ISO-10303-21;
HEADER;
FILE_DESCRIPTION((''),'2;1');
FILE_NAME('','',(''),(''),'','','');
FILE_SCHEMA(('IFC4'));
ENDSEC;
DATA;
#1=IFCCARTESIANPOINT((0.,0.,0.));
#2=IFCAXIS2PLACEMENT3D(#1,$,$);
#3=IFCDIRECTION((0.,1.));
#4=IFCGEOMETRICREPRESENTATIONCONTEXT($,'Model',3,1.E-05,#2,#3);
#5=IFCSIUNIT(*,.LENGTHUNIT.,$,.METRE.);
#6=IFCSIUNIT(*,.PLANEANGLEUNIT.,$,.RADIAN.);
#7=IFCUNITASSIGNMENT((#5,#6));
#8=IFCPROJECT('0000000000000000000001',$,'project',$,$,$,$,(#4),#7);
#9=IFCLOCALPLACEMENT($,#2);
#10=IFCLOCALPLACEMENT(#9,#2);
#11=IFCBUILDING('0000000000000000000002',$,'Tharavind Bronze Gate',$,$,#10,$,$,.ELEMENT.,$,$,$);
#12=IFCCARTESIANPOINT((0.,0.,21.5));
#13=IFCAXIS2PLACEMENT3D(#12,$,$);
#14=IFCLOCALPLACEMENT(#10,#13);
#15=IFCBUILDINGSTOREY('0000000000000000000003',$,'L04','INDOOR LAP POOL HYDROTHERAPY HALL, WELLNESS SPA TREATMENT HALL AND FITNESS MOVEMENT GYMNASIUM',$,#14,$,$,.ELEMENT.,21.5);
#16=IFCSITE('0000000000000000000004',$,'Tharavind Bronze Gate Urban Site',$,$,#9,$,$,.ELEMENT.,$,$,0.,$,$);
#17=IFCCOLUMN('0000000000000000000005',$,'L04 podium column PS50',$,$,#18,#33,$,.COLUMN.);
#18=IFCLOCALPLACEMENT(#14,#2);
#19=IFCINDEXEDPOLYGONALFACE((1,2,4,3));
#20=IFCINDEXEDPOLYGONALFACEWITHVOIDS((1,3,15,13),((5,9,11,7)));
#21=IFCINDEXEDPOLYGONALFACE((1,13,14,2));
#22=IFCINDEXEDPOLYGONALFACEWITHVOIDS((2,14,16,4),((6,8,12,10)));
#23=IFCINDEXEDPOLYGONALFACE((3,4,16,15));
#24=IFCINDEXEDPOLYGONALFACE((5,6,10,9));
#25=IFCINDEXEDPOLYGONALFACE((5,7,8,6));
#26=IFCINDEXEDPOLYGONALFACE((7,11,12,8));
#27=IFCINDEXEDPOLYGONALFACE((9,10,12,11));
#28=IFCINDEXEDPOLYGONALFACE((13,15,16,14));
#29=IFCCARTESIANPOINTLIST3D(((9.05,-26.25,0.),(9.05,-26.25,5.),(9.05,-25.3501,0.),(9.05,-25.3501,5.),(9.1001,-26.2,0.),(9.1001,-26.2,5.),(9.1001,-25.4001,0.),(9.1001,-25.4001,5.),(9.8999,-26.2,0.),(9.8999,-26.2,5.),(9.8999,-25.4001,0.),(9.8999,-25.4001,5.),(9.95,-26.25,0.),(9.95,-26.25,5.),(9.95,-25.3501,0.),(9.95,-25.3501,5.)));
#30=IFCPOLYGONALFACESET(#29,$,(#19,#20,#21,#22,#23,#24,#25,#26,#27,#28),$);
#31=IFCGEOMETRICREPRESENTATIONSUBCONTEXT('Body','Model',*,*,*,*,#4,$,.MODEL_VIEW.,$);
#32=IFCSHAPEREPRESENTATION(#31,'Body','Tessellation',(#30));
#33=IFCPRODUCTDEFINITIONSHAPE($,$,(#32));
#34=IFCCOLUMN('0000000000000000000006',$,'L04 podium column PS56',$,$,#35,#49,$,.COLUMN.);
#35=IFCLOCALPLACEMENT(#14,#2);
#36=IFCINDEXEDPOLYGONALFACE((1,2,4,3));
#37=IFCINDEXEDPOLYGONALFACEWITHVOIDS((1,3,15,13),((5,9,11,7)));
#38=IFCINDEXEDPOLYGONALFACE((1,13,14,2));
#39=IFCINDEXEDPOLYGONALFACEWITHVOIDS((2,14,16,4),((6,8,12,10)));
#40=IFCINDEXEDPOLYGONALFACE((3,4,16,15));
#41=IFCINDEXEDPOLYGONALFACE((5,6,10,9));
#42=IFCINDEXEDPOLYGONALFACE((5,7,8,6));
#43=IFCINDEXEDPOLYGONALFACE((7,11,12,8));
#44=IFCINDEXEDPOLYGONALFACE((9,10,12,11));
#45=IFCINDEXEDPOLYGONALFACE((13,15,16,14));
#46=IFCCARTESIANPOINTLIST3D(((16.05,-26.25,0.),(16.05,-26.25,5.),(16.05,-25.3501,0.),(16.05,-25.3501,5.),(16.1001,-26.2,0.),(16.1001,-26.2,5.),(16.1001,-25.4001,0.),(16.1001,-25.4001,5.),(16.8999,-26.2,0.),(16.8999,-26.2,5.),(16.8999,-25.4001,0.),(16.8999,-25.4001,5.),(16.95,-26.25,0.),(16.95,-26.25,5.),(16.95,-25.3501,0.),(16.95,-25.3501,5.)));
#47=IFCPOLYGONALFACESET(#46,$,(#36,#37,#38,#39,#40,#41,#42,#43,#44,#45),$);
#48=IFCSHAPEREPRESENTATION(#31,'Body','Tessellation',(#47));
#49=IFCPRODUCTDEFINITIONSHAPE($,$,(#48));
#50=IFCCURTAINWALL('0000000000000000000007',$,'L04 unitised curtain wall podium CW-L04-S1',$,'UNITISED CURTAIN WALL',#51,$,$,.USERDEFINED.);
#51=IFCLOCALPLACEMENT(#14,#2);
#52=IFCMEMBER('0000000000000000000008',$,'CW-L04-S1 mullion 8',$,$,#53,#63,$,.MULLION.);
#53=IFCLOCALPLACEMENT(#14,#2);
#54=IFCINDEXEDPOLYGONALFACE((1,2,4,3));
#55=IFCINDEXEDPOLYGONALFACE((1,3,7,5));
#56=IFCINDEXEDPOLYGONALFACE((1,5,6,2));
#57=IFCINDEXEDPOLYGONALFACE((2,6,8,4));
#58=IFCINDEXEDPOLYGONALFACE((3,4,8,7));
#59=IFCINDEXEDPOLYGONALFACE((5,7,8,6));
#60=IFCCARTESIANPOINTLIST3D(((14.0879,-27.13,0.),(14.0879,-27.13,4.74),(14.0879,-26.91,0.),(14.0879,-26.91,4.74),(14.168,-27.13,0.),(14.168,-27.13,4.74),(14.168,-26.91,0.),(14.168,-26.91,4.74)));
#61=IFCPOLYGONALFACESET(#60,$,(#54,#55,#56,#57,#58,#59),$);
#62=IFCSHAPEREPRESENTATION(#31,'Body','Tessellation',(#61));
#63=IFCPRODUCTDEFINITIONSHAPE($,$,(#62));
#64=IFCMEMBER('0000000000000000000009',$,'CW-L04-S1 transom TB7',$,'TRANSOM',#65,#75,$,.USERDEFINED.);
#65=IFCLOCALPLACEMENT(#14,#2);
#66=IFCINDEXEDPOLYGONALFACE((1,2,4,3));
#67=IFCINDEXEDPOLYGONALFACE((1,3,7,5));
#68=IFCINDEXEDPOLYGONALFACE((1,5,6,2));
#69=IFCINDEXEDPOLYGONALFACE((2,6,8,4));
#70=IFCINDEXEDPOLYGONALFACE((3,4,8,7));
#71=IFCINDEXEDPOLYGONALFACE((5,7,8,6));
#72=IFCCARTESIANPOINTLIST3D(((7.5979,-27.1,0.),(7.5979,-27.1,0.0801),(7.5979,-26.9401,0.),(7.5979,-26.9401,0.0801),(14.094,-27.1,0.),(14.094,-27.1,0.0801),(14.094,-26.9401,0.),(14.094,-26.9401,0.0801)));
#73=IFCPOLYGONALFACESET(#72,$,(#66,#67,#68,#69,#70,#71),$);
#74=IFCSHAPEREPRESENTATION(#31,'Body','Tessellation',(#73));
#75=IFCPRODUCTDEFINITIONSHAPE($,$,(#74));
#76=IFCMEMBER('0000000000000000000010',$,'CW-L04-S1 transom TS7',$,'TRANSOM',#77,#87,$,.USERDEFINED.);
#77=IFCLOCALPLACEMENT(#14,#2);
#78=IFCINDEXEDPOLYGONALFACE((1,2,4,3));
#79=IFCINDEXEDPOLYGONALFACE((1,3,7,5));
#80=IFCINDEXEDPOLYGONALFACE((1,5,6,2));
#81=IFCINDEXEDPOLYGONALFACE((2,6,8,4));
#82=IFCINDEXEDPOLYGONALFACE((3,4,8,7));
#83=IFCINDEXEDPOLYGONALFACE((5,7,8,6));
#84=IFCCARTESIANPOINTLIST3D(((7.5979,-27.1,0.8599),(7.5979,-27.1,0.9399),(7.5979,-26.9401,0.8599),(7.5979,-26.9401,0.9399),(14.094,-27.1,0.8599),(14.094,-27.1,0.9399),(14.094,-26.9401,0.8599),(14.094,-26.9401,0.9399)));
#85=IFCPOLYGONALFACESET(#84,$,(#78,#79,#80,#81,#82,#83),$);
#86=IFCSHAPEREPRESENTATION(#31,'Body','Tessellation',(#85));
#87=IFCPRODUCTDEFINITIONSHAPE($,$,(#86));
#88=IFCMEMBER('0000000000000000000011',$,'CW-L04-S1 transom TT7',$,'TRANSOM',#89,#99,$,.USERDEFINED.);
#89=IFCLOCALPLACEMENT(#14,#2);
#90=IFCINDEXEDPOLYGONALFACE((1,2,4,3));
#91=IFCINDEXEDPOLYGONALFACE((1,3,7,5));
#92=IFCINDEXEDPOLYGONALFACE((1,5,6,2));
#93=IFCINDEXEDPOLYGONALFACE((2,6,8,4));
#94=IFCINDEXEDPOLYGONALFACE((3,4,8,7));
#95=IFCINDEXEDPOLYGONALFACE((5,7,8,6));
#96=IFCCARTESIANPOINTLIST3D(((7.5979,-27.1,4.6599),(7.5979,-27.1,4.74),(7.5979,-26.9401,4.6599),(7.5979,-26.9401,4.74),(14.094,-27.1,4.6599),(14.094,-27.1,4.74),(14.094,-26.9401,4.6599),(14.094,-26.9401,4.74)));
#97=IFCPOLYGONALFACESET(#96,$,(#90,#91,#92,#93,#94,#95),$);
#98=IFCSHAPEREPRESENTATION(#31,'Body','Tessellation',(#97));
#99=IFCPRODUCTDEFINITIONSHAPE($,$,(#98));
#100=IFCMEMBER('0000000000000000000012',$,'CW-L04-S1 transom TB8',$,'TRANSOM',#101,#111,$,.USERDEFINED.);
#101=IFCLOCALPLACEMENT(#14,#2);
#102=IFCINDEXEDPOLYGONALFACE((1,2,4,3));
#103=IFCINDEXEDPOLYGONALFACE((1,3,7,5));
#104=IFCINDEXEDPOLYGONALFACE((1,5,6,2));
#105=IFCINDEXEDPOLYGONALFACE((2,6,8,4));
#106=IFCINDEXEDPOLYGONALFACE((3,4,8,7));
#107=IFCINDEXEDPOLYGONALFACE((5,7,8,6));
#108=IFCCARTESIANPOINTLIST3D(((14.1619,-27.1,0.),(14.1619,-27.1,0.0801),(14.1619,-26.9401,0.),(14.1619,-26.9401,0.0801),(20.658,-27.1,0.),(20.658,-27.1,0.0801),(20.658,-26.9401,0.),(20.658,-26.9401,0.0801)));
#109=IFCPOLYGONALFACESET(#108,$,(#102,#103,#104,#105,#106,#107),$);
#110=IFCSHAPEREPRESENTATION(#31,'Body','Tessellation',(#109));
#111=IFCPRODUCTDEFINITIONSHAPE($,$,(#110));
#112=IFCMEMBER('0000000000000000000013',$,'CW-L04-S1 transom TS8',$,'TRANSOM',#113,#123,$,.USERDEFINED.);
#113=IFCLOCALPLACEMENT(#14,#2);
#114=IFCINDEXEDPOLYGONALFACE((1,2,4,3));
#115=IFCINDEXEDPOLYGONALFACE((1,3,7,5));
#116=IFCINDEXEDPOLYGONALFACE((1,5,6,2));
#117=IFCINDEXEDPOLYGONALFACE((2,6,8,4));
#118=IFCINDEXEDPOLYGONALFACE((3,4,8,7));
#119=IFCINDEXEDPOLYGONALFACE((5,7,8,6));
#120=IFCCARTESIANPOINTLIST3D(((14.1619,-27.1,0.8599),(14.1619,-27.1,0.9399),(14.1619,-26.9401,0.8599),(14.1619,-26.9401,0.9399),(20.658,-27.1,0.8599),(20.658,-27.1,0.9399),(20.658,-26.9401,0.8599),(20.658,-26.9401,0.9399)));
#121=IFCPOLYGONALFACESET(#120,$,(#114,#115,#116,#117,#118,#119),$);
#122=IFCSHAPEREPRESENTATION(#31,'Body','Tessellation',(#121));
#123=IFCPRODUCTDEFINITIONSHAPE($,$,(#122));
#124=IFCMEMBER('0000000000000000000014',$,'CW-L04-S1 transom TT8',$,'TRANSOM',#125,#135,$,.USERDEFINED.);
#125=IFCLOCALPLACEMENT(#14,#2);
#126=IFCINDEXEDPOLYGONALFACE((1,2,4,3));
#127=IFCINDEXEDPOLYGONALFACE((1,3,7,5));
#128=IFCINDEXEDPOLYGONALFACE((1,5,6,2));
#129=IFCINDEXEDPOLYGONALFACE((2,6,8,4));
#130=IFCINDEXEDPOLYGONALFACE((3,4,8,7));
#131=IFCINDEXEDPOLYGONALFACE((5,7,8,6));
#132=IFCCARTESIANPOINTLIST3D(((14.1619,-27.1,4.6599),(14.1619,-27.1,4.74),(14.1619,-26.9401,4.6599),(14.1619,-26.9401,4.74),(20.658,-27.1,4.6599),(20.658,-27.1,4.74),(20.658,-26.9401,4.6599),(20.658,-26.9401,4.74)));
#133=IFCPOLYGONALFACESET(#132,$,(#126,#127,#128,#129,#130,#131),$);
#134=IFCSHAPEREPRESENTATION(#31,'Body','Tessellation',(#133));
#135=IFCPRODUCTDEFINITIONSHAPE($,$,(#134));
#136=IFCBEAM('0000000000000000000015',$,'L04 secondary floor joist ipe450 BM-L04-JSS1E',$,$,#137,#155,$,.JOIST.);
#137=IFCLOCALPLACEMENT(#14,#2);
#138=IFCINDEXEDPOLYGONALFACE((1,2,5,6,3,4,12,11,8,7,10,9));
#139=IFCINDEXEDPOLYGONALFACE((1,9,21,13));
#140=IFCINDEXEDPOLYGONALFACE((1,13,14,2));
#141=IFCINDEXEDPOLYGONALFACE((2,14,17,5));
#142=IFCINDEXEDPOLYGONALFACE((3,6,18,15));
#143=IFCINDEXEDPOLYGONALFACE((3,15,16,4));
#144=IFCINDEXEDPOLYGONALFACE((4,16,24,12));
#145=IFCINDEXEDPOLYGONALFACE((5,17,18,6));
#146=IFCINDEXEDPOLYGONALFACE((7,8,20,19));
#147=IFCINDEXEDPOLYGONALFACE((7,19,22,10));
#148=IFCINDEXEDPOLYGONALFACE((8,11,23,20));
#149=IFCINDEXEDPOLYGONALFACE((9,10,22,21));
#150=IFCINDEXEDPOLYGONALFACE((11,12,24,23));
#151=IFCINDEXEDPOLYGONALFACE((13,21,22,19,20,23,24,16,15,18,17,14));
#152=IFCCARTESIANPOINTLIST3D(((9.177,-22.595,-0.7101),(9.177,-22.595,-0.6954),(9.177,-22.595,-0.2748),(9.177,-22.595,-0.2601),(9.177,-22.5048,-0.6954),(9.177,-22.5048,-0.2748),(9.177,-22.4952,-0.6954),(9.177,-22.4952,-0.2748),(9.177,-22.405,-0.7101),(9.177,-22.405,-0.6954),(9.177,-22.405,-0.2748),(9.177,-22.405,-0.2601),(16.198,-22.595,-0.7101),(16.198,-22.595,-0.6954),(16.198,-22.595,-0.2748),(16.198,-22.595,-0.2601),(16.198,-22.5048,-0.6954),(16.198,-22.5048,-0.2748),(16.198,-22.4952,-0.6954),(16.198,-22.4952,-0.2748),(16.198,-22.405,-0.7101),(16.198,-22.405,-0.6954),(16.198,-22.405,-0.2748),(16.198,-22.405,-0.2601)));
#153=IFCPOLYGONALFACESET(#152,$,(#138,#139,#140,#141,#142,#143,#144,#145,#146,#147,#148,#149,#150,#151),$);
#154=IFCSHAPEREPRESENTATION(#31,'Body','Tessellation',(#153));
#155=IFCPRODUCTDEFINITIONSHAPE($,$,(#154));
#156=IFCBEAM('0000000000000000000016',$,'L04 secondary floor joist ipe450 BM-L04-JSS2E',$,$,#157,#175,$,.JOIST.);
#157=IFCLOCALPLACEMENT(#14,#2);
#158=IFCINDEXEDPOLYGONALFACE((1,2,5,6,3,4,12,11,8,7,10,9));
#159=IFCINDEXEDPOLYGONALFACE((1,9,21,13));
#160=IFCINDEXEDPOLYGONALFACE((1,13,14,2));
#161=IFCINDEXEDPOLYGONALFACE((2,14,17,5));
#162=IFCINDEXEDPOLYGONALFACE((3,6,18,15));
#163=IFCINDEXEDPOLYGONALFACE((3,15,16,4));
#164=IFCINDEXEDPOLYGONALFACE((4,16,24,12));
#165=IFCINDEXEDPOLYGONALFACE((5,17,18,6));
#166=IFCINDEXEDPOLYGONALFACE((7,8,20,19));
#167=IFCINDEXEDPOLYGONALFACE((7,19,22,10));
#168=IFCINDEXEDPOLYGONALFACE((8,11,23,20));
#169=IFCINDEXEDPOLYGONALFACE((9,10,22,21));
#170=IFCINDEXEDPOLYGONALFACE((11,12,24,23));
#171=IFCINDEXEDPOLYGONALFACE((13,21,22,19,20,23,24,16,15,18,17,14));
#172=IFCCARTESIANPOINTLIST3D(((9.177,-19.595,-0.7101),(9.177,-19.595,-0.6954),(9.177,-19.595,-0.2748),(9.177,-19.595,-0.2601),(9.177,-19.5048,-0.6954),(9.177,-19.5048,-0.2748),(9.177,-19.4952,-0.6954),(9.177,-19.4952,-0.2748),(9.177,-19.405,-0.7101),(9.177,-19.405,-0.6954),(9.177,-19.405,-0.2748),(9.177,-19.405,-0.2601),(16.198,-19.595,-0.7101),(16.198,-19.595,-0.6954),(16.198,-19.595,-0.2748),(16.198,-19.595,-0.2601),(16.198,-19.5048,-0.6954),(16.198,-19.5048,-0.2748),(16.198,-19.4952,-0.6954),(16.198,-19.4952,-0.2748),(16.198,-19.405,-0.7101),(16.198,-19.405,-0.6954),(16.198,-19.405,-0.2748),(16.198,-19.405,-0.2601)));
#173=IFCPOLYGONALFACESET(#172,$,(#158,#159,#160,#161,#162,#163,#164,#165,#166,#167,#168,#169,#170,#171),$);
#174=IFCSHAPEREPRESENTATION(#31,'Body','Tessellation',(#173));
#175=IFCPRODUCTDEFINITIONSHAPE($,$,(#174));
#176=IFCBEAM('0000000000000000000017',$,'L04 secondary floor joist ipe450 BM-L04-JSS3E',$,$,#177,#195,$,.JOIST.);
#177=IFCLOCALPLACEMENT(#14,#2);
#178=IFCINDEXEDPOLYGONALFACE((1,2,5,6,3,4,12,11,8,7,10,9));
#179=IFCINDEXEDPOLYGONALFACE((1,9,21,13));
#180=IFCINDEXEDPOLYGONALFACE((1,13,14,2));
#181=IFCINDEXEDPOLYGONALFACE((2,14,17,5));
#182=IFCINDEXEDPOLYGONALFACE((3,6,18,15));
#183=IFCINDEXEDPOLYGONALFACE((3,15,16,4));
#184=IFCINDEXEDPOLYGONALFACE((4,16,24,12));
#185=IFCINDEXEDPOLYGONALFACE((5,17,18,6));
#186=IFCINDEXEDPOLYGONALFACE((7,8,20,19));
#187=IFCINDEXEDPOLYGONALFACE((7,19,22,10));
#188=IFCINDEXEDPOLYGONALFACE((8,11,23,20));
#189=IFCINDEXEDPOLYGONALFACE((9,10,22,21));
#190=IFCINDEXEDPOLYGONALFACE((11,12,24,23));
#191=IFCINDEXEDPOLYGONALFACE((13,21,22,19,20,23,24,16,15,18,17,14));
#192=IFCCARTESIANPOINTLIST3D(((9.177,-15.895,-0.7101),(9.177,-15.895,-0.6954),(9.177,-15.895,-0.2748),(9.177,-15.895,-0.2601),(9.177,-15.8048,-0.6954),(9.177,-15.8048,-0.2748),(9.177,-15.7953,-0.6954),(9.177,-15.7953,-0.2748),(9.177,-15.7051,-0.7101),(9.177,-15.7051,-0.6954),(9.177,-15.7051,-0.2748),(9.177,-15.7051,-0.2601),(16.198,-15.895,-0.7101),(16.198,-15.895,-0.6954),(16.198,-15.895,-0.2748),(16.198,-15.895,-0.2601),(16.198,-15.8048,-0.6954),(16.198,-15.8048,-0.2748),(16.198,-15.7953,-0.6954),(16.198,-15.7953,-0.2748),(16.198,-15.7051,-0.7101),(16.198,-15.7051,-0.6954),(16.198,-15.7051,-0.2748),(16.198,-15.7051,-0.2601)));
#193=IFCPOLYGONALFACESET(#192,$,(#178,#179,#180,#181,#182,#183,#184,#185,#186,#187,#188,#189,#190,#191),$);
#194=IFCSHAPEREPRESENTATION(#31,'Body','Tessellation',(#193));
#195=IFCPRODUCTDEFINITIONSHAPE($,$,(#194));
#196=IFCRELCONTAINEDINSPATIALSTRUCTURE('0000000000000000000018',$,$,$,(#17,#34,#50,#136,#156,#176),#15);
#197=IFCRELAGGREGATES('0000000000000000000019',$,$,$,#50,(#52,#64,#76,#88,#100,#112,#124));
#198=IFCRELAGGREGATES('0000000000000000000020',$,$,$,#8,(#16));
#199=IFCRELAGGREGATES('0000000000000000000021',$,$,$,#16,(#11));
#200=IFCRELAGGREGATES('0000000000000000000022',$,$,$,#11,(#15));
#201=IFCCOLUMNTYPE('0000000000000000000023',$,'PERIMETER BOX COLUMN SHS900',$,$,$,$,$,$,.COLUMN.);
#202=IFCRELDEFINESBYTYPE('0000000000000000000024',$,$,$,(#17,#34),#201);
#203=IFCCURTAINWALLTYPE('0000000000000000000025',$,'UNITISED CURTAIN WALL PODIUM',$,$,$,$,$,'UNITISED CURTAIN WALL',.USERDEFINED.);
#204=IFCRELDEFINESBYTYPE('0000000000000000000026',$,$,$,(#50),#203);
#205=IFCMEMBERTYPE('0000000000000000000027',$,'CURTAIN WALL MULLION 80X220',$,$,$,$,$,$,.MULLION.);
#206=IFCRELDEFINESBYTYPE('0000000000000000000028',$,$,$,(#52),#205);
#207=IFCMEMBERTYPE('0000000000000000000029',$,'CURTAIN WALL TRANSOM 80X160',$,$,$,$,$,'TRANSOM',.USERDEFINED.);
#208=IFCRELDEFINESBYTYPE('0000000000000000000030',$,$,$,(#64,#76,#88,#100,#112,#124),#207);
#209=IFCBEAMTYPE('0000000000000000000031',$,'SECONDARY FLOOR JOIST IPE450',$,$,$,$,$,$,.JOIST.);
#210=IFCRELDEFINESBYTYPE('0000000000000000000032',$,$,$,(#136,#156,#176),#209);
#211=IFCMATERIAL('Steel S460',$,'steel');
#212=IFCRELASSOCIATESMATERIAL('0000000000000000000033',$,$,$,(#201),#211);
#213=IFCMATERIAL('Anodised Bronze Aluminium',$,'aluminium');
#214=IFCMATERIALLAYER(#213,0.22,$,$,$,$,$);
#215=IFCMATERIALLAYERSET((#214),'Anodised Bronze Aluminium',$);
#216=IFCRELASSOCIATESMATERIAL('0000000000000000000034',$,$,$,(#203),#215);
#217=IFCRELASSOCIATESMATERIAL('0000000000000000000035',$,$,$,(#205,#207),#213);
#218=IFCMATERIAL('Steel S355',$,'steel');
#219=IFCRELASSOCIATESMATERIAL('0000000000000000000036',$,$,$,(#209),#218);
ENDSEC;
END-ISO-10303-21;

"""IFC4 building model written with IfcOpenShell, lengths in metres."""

from ifc_helpers import new_model, si_unit, direction, frame, origin, origin_2d, place, context, subcontext, project, spatial, rectangle, hollow_rectangle, i_section, extrude, material, layer, layer_set, material_profile, profile_set, type_object, element, aggregate, save


model = new_model("IFC4")

# Units and contexts
model_context = context("Model", 3, precision=1e-05, world=origin(), true_north=direction((0.0, 1.0)))
body_context = subcontext(model_context, "Body", "Model", "MODEL_VIEW")
ifc_project = project(units=[si_unit("LENGTHUNIT", "METRE"), si_unit("PLANEANGLEUNIT", "RADIAN")], contexts=[model_context])

# Site, building, storey
site_placement = place(None, origin())
site = spatial("IfcSite", under=ifc_project, at=site_placement, Name="Tharavind Bronze Gate Urban Site", CompositionType="ELEMENT", RefElevation=0.0)
building_placement = place(site_placement, origin())
building = spatial("IfcBuilding", under=site, at=building_placement, Name="Tharavind Bronze Gate", CompositionType="ELEMENT")
storey_placement = place(building_placement, frame((0.0, 0.0, 21.5)))
storey = spatial("IfcBuildingStorey", under=building, at=storey_placement, Name="L04", Description="INDOOR LAP POOL HYDROTHERAPY HALL, WELLNESS SPA TREATMENT HALL AND FITNESS MOVEMENT GYMNASIUM", CompositionType="ELEMENT", Elevation=21.5)

# Columns
ifc_material_1 = material(Name="Steel S460", Category="steel")
ifc_material_profile_1 = material_profile(ifc_material_1, hollow_rectangle(XDim=0.8999, YDim=0.8999, WallThickness=0.05, at=origin_2d()), Name="SHS900X50")
ifc_profile_set_1 = profile_set([ifc_material_profile_1], Name="Steel S460")
column_type = type_object("IfcColumnType", Name="PERIMETER BOX COLUMN SHS900", PredefinedType="COLUMN", material=ifc_profile_set_1)
for number, where, z_axis, x_axis, name in (
    (1, (9.5, -25.8, 0.0), (0.0, 0.0, 1.0), (1.0, 0.0, 0.0), "L04 podium column PS50"),
    (2, (16.5, -25.8, 0.0), (0.0, 0.0, 1.0), (1.0, 0.0, 0.0), "L04 podium column PS56"),
):
    element("IfcColumn", number, at=place(storey_placement, frame(where, z_axis=z_axis, x_axis=x_axis)), inside=storey, type_object=column_type, Name=name, PredefinedType="COLUMN", context=body_context, shape_type="SweptSolid", body=[
        extrude(hollow_rectangle(XDim=0.8999, YDim=0.8999, WallThickness=0.05, at=origin_2d()), origin(), (0.0, 0.0, 1.0), 5.0),
    ])

# Curtain wall, members
ifc_material_2 = material(Name="Anodised Bronze Aluminium", Category="aluminium")
ifc_layer_1 = layer(ifc_material_2, 0.22)
ifc_layer_set_1 = layer_set([ifc_layer_1], Name="Anodised Bronze Aluminium")
curtain_wall_type = type_object("IfcCurtainWallType", Name="UNITISED CURTAIN WALL PODIUM", ElementType="UNITISED CURTAIN WALL", PredefinedType="USERDEFINED", material=ifc_layer_set_1)
curtain_wall_placement = place(storey_placement, origin())
curtain_wall = element("IfcCurtainWall", 3, at=curtain_wall_placement, inside=storey, type_object=curtain_wall_type, Name="L04 unitised curtain wall podium CW-L04-S1", ObjectType="UNITISED CURTAIN WALL", PredefinedType="USERDEFINED")
member_type_1 = type_object("IfcMemberType", Name="CURTAIN WALL MULLION 80X220", PredefinedType="MULLION", material=ifc_material_2)
member_1_placement = place(storey_placement, frame((14.1279, -27.02, 0.0), z_axis=(0.0, 0.0, 1.0), x_axis=(1.0, 0.0, 0.0)))
member_1 = element("IfcMember", 4, at=member_1_placement, type_object=member_type_1, Name="CW-L04-S1 mullion 8", PredefinedType="MULLION", context=body_context, shape_type="SweptSolid", body=[
    extrude(rectangle(XDim=0.0801, YDim=0.22, at=origin_2d()), origin(), (0.0, 0.0, 1.0), 4.74),
])
member_type_2 = type_object("IfcMemberType", Name="CURTAIN WALL TRANSOM 80X160", ElementType="TRANSOM", PredefinedType="USERDEFINED", material=ifc_material_2)
member_2_placement = place(storey_placement, frame((10.8459, -27.02, 0.0), z_axis=(0.0, 0.0, 1.0), x_axis=(1.0, 0.0, 0.0)))
member_2 = element("IfcMember", 5, at=member_2_placement, type_object=member_type_2, Name="CW-L04-S1 transom TB7", ObjectType="TRANSOM", PredefinedType="USERDEFINED", context=body_context, shape_type="SweptSolid", body=[
    extrude(rectangle(XDim=6.4961, YDim=0.1599, at=origin_2d()), origin(), (0.0, 0.0, 1.0), 0.0801),
])
member_3_placement = place(storey_placement, frame((10.8459, -27.02, 0.8599), z_axis=(0.0, 0.0, 1.0), x_axis=(1.0, 0.0, 0.0)))
member_3 = element("IfcMember", 6, at=member_3_placement, type_object=member_type_2, Name="CW-L04-S1 transom TS7", ObjectType="TRANSOM", PredefinedType="USERDEFINED", context=body_context, shape_type="SweptSolid", body=[
    extrude(rectangle(XDim=6.4961, YDim=0.1599, at=origin_2d()), origin(), (0.0, 0.0, 1.0), 0.0801),
])
member_4_placement = place(storey_placement, frame((10.8459, -27.02, 4.6599), z_axis=(0.0, 0.0, 1.0), x_axis=(1.0, 0.0, 0.0)))
member_4 = element("IfcMember", 7, at=member_4_placement, type_object=member_type_2, Name="CW-L04-S1 transom TT7", ObjectType="TRANSOM", PredefinedType="USERDEFINED", context=body_context, shape_type="SweptSolid", body=[
    extrude(rectangle(XDim=6.4961, YDim=0.1599, at=origin_2d()), origin(), (0.0, 0.0, 1.0), 0.0801),
])
member_5_placement = place(storey_placement, frame((17.4099, -27.02, 0.0), z_axis=(0.0, 0.0, 1.0), x_axis=(1.0, 0.0, 0.0)))
member_5 = element("IfcMember", 8, at=member_5_placement, type_object=member_type_2, Name="CW-L04-S1 transom TB8", ObjectType="TRANSOM", PredefinedType="USERDEFINED", context=body_context, shape_type="SweptSolid", body=[
    extrude(rectangle(XDim=6.4961, YDim=0.1599, at=origin_2d()), origin(), (0.0, 0.0, 1.0), 0.0801),
])
member_6_placement = place(storey_placement, frame((17.4099, -27.02, 0.8599), z_axis=(0.0, 0.0, 1.0), x_axis=(1.0, 0.0, 0.0)))
member_6 = element("IfcMember", 9, at=member_6_placement, type_object=member_type_2, Name="CW-L04-S1 transom TS8", ObjectType="TRANSOM", PredefinedType="USERDEFINED", context=body_context, shape_type="SweptSolid", body=[
    extrude(rectangle(XDim=6.4961, YDim=0.1599, at=origin_2d()), origin(), (0.0, 0.0, 1.0), 0.0801),
])
member_7_placement = place(storey_placement, frame((17.4099, -27.02, 4.6599), z_axis=(0.0, 0.0, 1.0), x_axis=(1.0, 0.0, 0.0)))
member_7 = element("IfcMember", 10, at=member_7_placement, type_object=member_type_2, Name="CW-L04-S1 transom TT8", ObjectType="TRANSOM", PredefinedType="USERDEFINED", context=body_context, shape_type="SweptSolid", body=[
    extrude(rectangle(XDim=6.4961, YDim=0.1599, at=origin_2d()), origin(), (0.0, 0.0, 1.0), 0.0801),
])

# Beams
ifc_material_3 = material(Name="Steel S355", Category="steel")
ifc_material_profile_2 = material_profile(ifc_material_3, i_section(OverallWidth=0.1899, OverallDepth=0.45, WebThickness=0.0095, FlangeThickness=0.0146, at=origin_2d()), Name="IPE450")
ifc_profile_set_2 = profile_set([ifc_material_profile_2], Name="Steel S355")
beam_type_1 = type_object("IfcBeamType", Name="SECONDARY FLOOR JOIST IPE450", PredefinedType="JOIST", material=ifc_profile_set_2)
for number, where, z_axis, x_axis, name in (
    (11, (9.177, -22.5, -0.4851), (1.0, 0.0, 0.0), (0.0, 1.0, 0.0), "L04 secondary floor joist ipe450 BM-L04-JSS1E"),
    (12, (9.177, -19.5, -0.4851), (1.0, 0.0, 0.0), (0.0, 1.0, 0.0), "L04 secondary floor joist ipe450 BM-L04-JSS2E"),
    (13, (9.177, -15.8, -0.4851), (1.0, 0.0, 0.0), (0.0, 1.0, 0.0), "L04 secondary floor joist ipe450 BM-L04-JSS3E"),
):
    element("IfcBeam", number, at=place(storey_placement, frame(where, z_axis=z_axis, x_axis=x_axis)), inside=storey, type_object=beam_type_1, Name=name, PredefinedType="JOIST", context=body_context, shape_type="SweptSolid", body=[
        extrude(i_section(OverallWidth=0.1899, OverallDepth=0.45, WebThickness=0.0095, FlangeThickness=0.0146, at=origin_2d()), origin(), (0.0, 0.0, 1.0), 7.021),
    ])

aggregate(curtain_wall, [member_1, member_2, member_3, member_4, member_5, member_6, member_7])

save(model, "model.ifc")
